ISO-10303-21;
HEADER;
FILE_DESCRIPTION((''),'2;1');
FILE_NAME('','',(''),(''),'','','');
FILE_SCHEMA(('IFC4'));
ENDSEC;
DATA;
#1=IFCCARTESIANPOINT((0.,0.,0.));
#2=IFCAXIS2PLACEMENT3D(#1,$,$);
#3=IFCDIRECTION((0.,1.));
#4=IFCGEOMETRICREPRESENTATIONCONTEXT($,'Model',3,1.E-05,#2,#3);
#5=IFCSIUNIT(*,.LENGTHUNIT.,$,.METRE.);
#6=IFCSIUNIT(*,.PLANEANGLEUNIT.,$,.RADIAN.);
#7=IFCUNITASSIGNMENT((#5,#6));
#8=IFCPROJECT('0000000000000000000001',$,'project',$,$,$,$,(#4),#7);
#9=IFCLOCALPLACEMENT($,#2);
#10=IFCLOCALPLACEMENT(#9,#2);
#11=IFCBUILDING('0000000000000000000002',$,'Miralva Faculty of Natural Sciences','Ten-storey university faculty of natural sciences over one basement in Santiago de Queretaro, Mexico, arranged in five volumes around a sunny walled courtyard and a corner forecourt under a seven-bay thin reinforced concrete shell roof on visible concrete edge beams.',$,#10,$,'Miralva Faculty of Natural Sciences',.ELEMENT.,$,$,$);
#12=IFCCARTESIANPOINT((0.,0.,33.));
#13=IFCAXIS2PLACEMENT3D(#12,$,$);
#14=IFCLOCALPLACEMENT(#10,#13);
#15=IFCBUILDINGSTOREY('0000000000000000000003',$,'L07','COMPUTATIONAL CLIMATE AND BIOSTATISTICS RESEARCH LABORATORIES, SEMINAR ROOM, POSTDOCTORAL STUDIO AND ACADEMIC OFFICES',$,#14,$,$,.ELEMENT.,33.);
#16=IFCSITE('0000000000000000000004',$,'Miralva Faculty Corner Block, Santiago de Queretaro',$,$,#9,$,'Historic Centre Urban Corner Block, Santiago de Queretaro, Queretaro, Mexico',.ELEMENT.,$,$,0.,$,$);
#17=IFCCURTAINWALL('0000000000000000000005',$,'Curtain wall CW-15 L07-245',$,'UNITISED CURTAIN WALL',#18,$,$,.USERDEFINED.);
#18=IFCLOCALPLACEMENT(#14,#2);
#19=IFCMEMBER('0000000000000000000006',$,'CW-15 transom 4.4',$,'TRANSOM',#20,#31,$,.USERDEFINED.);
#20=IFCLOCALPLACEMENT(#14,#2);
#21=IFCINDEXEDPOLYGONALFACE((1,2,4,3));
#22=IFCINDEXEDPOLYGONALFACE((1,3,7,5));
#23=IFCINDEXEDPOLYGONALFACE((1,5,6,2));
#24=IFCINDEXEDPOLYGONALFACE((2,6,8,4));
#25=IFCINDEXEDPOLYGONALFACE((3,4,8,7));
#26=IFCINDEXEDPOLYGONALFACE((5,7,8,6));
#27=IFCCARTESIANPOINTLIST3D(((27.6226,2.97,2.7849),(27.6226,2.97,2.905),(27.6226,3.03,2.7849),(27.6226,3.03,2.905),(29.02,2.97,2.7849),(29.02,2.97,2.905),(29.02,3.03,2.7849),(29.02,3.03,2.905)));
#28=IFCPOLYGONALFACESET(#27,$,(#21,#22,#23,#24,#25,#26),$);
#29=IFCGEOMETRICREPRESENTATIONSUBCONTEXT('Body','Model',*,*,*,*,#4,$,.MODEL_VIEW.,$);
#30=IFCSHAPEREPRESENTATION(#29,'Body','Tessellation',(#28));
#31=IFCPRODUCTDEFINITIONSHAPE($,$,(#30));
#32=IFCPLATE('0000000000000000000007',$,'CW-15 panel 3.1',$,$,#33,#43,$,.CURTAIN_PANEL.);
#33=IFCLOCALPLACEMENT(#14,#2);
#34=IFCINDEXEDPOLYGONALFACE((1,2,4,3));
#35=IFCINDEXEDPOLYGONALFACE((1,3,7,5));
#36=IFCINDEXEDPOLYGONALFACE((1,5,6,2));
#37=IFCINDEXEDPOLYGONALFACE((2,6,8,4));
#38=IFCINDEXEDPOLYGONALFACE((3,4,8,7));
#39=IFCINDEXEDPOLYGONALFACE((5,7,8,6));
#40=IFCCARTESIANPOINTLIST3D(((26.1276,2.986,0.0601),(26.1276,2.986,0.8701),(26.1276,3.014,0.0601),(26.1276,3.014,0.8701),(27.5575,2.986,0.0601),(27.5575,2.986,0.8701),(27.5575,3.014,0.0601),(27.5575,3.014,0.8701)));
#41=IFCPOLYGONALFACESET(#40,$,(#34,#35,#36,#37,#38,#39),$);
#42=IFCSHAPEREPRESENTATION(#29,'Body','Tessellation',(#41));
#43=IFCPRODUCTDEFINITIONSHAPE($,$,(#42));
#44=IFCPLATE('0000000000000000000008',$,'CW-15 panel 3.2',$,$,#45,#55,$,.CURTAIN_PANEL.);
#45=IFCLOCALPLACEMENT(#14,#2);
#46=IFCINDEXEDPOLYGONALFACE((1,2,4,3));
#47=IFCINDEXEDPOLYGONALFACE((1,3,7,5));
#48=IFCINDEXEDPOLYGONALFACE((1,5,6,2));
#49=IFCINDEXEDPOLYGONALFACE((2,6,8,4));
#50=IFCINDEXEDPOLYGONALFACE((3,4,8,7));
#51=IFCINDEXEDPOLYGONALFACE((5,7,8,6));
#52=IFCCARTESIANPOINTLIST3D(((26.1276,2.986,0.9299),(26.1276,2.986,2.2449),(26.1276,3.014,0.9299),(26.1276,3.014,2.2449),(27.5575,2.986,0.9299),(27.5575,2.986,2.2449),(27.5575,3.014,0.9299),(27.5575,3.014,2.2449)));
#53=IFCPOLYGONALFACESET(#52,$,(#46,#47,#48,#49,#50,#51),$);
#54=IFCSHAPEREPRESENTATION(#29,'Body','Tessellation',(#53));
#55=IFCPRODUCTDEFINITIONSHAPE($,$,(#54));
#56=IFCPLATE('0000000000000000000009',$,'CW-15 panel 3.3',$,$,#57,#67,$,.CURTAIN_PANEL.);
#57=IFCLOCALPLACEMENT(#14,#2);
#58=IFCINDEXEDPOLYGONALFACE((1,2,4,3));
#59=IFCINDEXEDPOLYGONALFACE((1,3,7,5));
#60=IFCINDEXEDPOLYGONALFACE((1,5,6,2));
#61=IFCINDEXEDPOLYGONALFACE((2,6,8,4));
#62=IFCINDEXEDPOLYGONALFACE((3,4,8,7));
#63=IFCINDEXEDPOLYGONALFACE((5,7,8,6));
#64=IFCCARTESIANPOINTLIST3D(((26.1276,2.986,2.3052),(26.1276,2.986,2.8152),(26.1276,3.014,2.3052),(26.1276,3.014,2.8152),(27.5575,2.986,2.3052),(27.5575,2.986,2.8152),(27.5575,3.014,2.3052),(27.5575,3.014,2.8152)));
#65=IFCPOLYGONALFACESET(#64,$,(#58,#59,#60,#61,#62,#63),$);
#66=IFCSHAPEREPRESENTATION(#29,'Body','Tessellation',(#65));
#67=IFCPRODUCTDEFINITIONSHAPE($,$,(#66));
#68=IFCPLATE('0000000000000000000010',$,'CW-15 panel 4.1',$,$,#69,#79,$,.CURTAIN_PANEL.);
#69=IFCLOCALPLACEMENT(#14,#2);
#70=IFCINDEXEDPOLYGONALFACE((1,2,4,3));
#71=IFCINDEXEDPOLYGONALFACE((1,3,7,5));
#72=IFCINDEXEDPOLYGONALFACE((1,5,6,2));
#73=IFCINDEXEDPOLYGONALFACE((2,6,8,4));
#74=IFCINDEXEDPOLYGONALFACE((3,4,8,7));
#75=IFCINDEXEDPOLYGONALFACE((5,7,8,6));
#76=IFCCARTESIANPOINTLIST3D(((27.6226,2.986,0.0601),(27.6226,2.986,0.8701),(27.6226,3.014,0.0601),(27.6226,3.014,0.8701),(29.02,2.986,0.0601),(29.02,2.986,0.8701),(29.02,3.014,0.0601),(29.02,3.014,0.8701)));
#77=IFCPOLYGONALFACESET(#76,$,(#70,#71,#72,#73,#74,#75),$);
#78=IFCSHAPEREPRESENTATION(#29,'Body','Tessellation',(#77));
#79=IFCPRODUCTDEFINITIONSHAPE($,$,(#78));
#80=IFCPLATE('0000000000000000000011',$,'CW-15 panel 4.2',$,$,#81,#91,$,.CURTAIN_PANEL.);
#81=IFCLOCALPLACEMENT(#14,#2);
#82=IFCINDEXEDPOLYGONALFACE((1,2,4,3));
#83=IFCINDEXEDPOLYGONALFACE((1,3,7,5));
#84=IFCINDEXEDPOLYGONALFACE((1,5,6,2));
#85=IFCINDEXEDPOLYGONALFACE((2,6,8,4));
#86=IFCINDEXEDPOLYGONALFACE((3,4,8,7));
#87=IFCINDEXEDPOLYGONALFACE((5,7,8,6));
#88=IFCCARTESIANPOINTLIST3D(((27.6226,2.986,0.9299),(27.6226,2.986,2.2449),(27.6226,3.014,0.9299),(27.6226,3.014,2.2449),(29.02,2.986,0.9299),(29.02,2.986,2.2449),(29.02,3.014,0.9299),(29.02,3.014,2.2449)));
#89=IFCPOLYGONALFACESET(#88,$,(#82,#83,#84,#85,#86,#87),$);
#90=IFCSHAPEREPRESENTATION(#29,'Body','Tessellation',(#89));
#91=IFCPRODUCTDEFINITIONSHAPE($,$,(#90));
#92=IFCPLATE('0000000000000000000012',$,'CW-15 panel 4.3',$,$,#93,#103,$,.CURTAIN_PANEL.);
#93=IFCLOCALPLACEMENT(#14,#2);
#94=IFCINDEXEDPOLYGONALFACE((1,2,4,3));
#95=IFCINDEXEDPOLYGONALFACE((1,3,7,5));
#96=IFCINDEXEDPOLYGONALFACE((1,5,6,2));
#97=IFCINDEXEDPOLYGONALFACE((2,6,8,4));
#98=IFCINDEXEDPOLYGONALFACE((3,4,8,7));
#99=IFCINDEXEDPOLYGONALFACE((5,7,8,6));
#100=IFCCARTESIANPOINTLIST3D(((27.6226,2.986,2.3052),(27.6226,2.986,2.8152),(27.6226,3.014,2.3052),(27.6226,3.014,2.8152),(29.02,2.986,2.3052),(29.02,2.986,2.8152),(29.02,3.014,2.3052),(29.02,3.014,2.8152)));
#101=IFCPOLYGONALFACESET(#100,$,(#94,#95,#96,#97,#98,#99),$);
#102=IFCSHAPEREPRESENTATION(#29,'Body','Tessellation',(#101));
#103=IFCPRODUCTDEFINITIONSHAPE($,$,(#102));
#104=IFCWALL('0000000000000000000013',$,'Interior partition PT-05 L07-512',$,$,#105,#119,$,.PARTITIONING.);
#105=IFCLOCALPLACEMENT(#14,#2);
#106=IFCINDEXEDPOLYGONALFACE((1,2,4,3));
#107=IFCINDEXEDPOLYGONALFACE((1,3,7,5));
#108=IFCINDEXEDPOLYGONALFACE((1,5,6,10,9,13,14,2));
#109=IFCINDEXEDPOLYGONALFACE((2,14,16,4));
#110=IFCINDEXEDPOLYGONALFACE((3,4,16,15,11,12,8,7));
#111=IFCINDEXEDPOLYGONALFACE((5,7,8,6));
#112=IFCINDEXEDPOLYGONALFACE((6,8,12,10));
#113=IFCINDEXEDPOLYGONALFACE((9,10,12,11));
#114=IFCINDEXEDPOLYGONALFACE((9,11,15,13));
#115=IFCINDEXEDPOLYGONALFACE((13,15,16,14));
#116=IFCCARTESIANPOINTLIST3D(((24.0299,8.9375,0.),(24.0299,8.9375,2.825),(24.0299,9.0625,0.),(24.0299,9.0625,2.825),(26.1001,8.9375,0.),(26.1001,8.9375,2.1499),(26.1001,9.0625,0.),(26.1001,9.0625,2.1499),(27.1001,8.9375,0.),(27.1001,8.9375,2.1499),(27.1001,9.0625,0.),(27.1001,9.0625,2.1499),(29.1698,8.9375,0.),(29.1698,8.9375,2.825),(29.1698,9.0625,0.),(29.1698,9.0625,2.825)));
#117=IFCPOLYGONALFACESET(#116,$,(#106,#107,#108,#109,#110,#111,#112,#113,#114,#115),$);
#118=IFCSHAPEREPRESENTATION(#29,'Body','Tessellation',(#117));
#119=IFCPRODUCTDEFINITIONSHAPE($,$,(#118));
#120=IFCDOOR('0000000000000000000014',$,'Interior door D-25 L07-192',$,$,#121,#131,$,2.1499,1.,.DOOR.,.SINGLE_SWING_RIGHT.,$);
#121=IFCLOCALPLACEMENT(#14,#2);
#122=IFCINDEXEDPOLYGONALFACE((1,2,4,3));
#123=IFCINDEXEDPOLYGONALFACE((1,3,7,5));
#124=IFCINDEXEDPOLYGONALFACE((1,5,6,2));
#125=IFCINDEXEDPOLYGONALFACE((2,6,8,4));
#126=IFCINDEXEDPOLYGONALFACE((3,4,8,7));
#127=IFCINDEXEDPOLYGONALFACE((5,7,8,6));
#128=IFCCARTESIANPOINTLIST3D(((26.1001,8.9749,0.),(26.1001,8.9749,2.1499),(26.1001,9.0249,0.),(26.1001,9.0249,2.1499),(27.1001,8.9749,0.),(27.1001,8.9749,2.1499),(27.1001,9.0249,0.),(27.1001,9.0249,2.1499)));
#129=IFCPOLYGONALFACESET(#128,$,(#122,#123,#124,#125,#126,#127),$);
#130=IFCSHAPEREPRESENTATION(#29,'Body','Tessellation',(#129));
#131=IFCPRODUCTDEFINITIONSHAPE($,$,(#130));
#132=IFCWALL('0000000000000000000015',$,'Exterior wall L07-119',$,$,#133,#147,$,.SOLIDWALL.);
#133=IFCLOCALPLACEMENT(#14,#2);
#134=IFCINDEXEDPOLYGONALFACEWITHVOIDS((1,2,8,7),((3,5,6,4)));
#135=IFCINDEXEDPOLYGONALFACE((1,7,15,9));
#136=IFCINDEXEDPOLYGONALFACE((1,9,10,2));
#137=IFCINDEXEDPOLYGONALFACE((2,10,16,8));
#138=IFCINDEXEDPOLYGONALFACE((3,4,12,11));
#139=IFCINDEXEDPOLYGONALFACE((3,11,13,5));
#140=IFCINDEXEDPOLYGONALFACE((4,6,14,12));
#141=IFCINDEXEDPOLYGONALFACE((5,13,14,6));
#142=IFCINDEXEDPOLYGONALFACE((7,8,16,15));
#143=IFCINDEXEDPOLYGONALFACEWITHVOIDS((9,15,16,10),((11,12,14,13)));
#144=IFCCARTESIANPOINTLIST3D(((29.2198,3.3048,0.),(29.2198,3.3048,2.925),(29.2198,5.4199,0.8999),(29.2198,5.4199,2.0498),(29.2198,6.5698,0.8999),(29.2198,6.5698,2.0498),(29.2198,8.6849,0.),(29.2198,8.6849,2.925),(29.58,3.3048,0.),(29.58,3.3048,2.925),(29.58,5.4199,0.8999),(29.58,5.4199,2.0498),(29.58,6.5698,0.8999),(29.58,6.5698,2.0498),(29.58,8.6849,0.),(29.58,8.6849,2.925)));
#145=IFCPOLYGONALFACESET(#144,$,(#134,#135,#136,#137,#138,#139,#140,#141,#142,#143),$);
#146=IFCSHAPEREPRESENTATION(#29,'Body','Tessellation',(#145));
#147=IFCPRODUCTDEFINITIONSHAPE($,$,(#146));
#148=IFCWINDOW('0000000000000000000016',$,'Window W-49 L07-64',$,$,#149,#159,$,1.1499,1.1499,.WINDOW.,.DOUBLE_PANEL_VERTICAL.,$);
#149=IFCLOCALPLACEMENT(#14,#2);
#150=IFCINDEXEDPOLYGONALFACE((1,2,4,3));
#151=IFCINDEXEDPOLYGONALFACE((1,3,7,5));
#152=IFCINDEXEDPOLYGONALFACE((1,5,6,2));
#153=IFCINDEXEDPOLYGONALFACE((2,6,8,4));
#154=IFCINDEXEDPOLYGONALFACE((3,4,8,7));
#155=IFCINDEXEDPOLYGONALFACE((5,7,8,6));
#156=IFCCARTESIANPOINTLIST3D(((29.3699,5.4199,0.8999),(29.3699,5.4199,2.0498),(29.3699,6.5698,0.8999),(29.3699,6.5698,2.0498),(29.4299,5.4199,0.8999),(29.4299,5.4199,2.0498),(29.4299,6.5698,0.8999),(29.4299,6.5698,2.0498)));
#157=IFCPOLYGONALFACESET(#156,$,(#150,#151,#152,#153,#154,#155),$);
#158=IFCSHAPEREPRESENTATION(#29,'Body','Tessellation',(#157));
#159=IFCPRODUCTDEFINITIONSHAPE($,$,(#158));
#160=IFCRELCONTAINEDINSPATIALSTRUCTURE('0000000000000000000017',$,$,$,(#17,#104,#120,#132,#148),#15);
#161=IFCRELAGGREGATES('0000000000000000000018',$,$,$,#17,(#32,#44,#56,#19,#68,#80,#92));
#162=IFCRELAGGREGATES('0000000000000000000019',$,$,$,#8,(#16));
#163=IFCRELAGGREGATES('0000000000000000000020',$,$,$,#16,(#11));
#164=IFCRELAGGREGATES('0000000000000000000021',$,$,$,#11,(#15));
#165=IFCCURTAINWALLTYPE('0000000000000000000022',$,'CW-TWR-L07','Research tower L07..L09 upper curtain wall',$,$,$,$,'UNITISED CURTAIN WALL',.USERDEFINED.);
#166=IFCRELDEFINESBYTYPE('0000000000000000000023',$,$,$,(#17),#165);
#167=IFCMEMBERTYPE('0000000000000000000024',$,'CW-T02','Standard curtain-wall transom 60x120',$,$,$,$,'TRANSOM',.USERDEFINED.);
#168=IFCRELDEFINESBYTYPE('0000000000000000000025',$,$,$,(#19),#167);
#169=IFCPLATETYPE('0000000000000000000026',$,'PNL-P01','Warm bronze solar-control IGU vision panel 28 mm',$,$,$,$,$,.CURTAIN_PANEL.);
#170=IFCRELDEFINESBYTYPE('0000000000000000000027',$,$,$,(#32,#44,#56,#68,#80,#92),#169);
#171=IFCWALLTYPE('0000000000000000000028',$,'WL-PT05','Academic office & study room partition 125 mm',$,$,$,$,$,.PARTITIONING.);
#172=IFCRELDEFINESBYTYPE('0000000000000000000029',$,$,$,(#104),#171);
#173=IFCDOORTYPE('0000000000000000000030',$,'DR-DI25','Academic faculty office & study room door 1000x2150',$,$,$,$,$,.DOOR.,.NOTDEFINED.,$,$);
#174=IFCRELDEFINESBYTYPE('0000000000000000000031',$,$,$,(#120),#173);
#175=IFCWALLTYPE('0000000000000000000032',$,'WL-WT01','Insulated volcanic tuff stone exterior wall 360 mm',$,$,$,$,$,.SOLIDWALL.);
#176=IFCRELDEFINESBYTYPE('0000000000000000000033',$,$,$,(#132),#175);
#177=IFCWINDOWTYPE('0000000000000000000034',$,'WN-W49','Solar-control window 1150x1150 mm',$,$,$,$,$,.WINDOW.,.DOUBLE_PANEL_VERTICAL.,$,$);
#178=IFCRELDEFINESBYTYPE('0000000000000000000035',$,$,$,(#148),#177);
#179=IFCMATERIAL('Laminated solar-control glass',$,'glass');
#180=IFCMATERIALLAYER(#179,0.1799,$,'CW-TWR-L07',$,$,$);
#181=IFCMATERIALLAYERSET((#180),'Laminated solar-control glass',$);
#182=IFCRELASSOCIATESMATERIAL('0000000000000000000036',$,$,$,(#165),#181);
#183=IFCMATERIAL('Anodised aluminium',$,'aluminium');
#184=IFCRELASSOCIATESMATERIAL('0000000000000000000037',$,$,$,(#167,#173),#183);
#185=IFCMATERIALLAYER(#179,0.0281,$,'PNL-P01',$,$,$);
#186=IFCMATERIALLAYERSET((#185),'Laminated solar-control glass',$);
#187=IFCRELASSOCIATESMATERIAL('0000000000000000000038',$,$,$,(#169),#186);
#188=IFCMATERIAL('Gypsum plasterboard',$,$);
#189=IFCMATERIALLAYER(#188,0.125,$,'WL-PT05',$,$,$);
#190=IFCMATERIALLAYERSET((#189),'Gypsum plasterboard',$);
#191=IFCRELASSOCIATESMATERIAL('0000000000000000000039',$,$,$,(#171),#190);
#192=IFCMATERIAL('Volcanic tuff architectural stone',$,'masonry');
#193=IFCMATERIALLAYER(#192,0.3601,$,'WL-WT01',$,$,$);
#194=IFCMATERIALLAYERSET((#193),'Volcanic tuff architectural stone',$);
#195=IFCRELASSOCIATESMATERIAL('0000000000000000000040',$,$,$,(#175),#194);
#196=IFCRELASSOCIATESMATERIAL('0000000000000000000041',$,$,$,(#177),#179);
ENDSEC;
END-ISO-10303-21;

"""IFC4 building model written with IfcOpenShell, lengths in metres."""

from ifc_helpers import new_model, si_unit, direction, frame, frame_2d, origin, origin_2d, place, context, subcontext, project, spatial, rectangle, extrude, material, layer, layer_set, material_profile, profile_set, type_object, element, fill, aggregate, save


model = new_model("IFC4")

# Units and contexts
model_context = context("Model", 3, precision=1e-05, world=origin(), true_north=direction((0.0, 1.0)))
body_context = subcontext(model_context, "Body", "Model", "MODEL_VIEW")
ifc_project = project(units=[si_unit("LENGTHUNIT", "METRE"), si_unit("PLANEANGLEUNIT", "RADIAN")], contexts=[model_context])

# Site, building, storey
site_placement = place(None, origin())
site = spatial("IfcSite", under=ifc_project, at=site_placement, Name="Miralva Faculty Corner Block, Santiago de Queretaro", LongName="Historic Centre Urban Corner Block, Santiago de Queretaro, Queretaro, Mexico", CompositionType="ELEMENT", RefElevation=0.0)
building_placement = place(site_placement, origin())
building = spatial("IfcBuilding", under=site, at=building_placement, Name="Miralva Faculty of Natural Sciences", Description="Ten-storey university faculty of natural sciences over one basement in Santiago de Queretaro, Mexico, arranged in five volumes around a sunny walled courtyard and a corner forecourt under a seven-bay thin reinforced concrete shell roof on visible concrete edge beams.", LongName="Miralva Faculty of Natural Sciences", CompositionType="ELEMENT")
storey_placement = place(building_placement, frame((0.0, 0.0, 33.0)))
storey = spatial("IfcBuildingStorey", under=building, at=storey_placement, Name="L07", Description="COMPUTATIONAL CLIMATE AND BIOSTATISTICS RESEARCH LABORATORIES, SEMINAR ROOM, POSTDOCTORAL STUDIO AND ACADEMIC OFFICES", CompositionType="ELEMENT", Elevation=33.0)

# Curtain wall, member, plates
ifc_material_1 = material(Name="Laminated solar-control glass", Category="glass")
ifc_layer_1 = layer(ifc_material_1, 0.1799, Name="CW-TWR-L07")
ifc_layer_set_1 = layer_set([ifc_layer_1], Name="Laminated solar-control glass")
curtain_wall_type = type_object("IfcCurtainWallType", Name="CW-TWR-L07", Description="Research tower L07..L09 upper curtain wall", ElementType="UNITISED CURTAIN WALL", PredefinedType="USERDEFINED", material=ifc_layer_set_1)
curtain_wall_placement = place(storey_placement, origin())
curtain_wall = element("IfcCurtainWall", 1, at=curtain_wall_placement, inside=storey, type_object=curtain_wall_type, Name="Curtain wall CW-15 L07-245", ObjectType="UNITISED CURTAIN WALL", PredefinedType="USERDEFINED")
ifc_material_2 = material(Name="Anodised aluminium", Category="aluminium")
ifc_material_profile_1 = material_profile(ifc_material_2, rectangle(XDim=0.0601, YDim=0.1201, at=origin_2d()), Name="TRANSOM 60x120")
ifc_profile_set_1 = profile_set([ifc_material_profile_1], Name="Anodised aluminium")
member_type_1 = type_object("IfcMemberType", Name="CW-T02", Description="Standard curtain-wall transom 60x120", ElementType="TRANSOM", PredefinedType="USERDEFINED", material=ifc_profile_set_1)
member_1_placement = place(storey_placement, frame((27.6226, 3.0, 2.845), z_axis=(1.0, 0.0, 0.0), x_axis=(0.0, 1.0, 0.0)))
member_1 = element("IfcMember", 2, at=member_1_placement, type_object=member_type_1, Name="CW-15 transom 4.4", ObjectType="TRANSOM", PredefinedType="USERDEFINED", context=body_context, shape_type="SweptSolid", body=[
    extrude(rectangle(XDim=0.0601, YDim=0.1201, at=origin_2d()), origin(), (0.0, 0.0, 1.0), 1.3975),
])
ifc_layer_2 = layer(ifc_material_1, 0.0281, Name="PNL-P01")
ifc_layer_set_2 = layer_set([ifc_layer_2], Name="Laminated solar-control glass")
plate_type = type_object("IfcPlateType", Name="PNL-P01", Description="Warm bronze solar-control IGU vision panel 28 mm", PredefinedType="CURTAIN_PANEL", material=ifc_layer_set_2)
plate_1_placement = place(storey_placement, frame((26.8425, 3.0, 0.0601), z_axis=(0.0, 0.0, 1.0), x_axis=(1.0, 0.0, 0.0)))
plate_1 = element("IfcPlate", 3, at=plate_1_placement, type_object=plate_type, Name="CW-15 panel 3.1", PredefinedType="CURTAIN_PANEL", context=body_context, shape_type="SweptSolid", body=[
    extrude(rectangle(XDim=1.4299, YDim=0.0281, at=origin_2d()), origin(), (0.0, 0.0, 1.0), 0.8101),
])
plate_2_placement = place(storey_placement, frame((26.8425, 3.0, 0.9299), z_axis=(0.0, 0.0, 1.0), x_axis=(1.0, 0.0, 0.0)))
plate_2 = element("IfcPlate", 4, at=plate_2_placement, type_object=plate_type, Name="CW-15 panel 3.2", PredefinedType="CURTAIN_PANEL", context=body_context, shape_type="SweptSolid", body=[
    extrude(rectangle(XDim=1.4299, YDim=0.0281, at=origin_2d()), origin(), (0.0, 0.0, 1.0), 1.3149),
])
plate_3_placement = place(storey_placement, frame((26.8425, 3.0, 2.3052), z_axis=(0.0, 0.0, 1.0), x_axis=(1.0, 0.0, 0.0)))
plate_3 = element("IfcPlate", 5, at=plate_3_placement, type_object=plate_type, Name="CW-15 panel 3.3", PredefinedType="CURTAIN_PANEL", context=body_context, shape_type="SweptSolid", body=[
    extrude(rectangle(XDim=1.4299, YDim=0.0281, at=origin_2d()), origin(), (0.0, 0.0, 1.0), 0.51),
])
plate_4_placement = place(storey_placement, frame((28.3213, 3.0, 0.0601), z_axis=(0.0, 0.0, 1.0), x_axis=(1.0, 0.0, 0.0)))
plate_4 = element("IfcPlate", 6, at=plate_4_placement, type_object=plate_type, Name="CW-15 panel 4.1", PredefinedType="CURTAIN_PANEL", context=body_context, shape_type="SweptSolid", body=[
    extrude(rectangle(XDim=1.3975, YDim=0.0281, at=origin_2d()), origin(), (0.0, 0.0, 1.0), 0.8101),
])
plate_5_placement = place(storey_placement, frame((28.3213, 3.0, 0.9299), z_axis=(0.0, 0.0, 1.0), x_axis=(1.0, 0.0, 0.0)))
plate_5 = element("IfcPlate", 7, at=plate_5_placement, type_object=plate_type, Name="CW-15 panel 4.2", PredefinedType="CURTAIN_PANEL", context=body_context, shape_type="SweptSolid", body=[
    extrude(rectangle(XDim=1.3975, YDim=0.0281, at=origin_2d()), origin(), (0.0, 0.0, 1.0), 1.3149),
])
plate_6_placement = place(storey_placement, frame((28.3213, 3.0, 2.3052), z_axis=(0.0, 0.0, 1.0), x_axis=(1.0, 0.0, 0.0)))
plate_6 = element("IfcPlate", 8, at=plate_6_placement, type_object=plate_type, Name="CW-15 panel 4.3", PredefinedType="CURTAIN_PANEL", context=body_context, shape_type="SweptSolid", body=[
    extrude(rectangle(XDim=1.3975, YDim=0.0281, at=origin_2d()), origin(), (0.0, 0.0, 1.0), 0.51),
])
aggregate(curtain_wall, [plate_1, plate_2, plate_3, member_1, plate_4, plate_5, plate_6])

# Wall, opening, door
ifc_material_3 = material(Name="Gypsum plasterboard")
ifc_layer_3 = layer(ifc_material_3, 0.125, Name="WL-PT05")
ifc_layer_set_3 = layer_set([ifc_layer_3], Name="Gypsum plasterboard")
wall_type_1 = type_object("IfcWallType", Name="WL-PT05", Description="Academic office & study room partition 125 mm", PredefinedType="PARTITIONING", material=ifc_layer_set_3)
wall_1_placement = place(storey_placement, frame((24.03, 9.0, 0.0), z_axis=(0.0, 0.0, 1.0), x_axis=(1.0, 0.0, 0.0)))
wall_1 = element("IfcWall", 9, at=wall_1_placement, inside=storey, type_object=wall_type_1, Name="Interior partition PT-05 L07-512", PredefinedType="PARTITIONING", context=body_context, shape_type="SweptSolid", body=[
    extrude(rectangle(XDim=5.1399, YDim=0.125, at=frame_2d((2.5698, 0.0))), origin(), (0.0, 0.0, 1.0), 2.825),
])
opening_1_placement = place(wall_1_placement, frame((2.0701, 0.0, 0.0)))
opening_1 = element("IfcOpeningElement", 10, at=opening_1_placement, cuts=wall_1, PredefinedType="OPENING", context=body_context, shape_type="SweptSolid", body=[
    extrude(rectangle(XDim=1.0, YDim=2.1499, at=frame_2d((0.5, 1.075))), frame((0.0, 0.0725, 0.0), z_axis=(0.0, -1.0, 0.0), x_axis=(1.0, 0.0, 0.0)), (0.0, 0.0, 1.0), 0.145),
])
door_type = type_object("IfcDoorType", Name="DR-DI25", Description="Academic faculty office & study room door 1000x2150", OperationType="NOTDEFINED", PredefinedType="DOOR", material=ifc_material_2)
door_placement = place(opening_1_placement, origin())
door = element("IfcDoor", 11, at=door_placement, inside=storey, type_object=door_type, Name="Interior door D-25 L07-192", OperationType="SINGLE_SWING_RIGHT", OverallHeight=2.1499, OverallWidth=1.0, PredefinedType="DOOR", context=body_context, shape_type="SweptSolid", body=[
    extrude(rectangle(XDim=1.0, YDim=2.1499, at=frame_2d((0.5, 1.075))), frame((0.0, 0.0249, 0.0), z_axis=(0.0, -1.0, 0.0), x_axis=(1.0, 0.0, 0.0)), (0.0, 0.0, 1.0), 0.05),
])
fill(opening_1, door)

# Wall, opening, window
ifc_material_4 = material(Name="Volcanic tuff architectural stone", Category="masonry")
ifc_layer_4 = layer(ifc_material_4, 0.3601, Name="WL-WT01")
ifc_layer_set_4 = layer_set([ifc_layer_4], Name="Volcanic tuff architectural stone")
wall_type_2 = type_object("IfcWallType", Name="WL-WT01", Description="Insulated volcanic tuff stone exterior wall 360 mm", PredefinedType="SOLIDWALL", material=ifc_layer_set_4)
wall_2_placement = place(storey_placement, frame((29.3999, 3.3049, 0.0), z_axis=(0.0, 0.0, 1.0), x_axis=(0.0, 1.0, 0.0)))
wall_2 = element("IfcWall", 12, at=wall_2_placement, inside=storey, type_object=wall_type_2, Name="Exterior wall L07-119", PredefinedType="SOLIDWALL", context=body_context, shape_type="SweptSolid", body=[
    extrude(rectangle(XDim=5.3801, YDim=0.3601, at=frame_2d((2.6899, 0.0))), origin(), (0.0, 0.0, 1.0), 2.925),
])
opening_2_placement = place(wall_2_placement, frame((2.115, 0.0, 0.8999)))
opening_2 = element("IfcOpeningElement", 13, at=opening_2_placement, cuts=wall_2, PredefinedType="OPENING", context=body_context, shape_type="SweptSolid", body=[
    extrude(rectangle(XDim=1.1499, YDim=1.1499, at=frame_2d((0.575, 0.575))), frame((0.0, 0.1899, 0.0), z_axis=(0.0, -1.0, 0.0), x_axis=(1.0, 0.0, 0.0)), (0.0, 0.0, 1.0), 0.3801),
])
window_type_1 = type_object("IfcWindowType", Name="WN-W49", Description="Solar-control window 1150x1150 mm", PartitioningType="DOUBLE_PANEL_VERTICAL", PredefinedType="WINDOW", material=ifc_material_1)
window_1_placement = place(opening_2_placement, frame((1.1499, 0.0, 0.0), z_axis=(0.0, 0.0, 1.0), x_axis=(-1.0, 0.0, 0.0)))
window_1 = element("IfcWindow", 14, at=window_1_placement, inside=storey, type_object=window_type_1, Name="Window W-49 L07-64", OverallHeight=1.1499, OverallWidth=1.1499, PartitioningType="DOUBLE_PANEL_VERTICAL", PredefinedType="WINDOW", context=body_context, shape_type="SweptSolid", body=[
    extrude(rectangle(XDim=1.1499, YDim=1.1499, at=frame_2d((0.575, 0.575))), frame((0.0, 0.03, 0.0), z_axis=(0.0, -1.0, 0.0), x_axis=(1.0, 0.0, 0.0)), (0.0, 0.0, 1.0), 0.0601),
])
fill(opening_2, window_1)

save(model, "model.ifc")
